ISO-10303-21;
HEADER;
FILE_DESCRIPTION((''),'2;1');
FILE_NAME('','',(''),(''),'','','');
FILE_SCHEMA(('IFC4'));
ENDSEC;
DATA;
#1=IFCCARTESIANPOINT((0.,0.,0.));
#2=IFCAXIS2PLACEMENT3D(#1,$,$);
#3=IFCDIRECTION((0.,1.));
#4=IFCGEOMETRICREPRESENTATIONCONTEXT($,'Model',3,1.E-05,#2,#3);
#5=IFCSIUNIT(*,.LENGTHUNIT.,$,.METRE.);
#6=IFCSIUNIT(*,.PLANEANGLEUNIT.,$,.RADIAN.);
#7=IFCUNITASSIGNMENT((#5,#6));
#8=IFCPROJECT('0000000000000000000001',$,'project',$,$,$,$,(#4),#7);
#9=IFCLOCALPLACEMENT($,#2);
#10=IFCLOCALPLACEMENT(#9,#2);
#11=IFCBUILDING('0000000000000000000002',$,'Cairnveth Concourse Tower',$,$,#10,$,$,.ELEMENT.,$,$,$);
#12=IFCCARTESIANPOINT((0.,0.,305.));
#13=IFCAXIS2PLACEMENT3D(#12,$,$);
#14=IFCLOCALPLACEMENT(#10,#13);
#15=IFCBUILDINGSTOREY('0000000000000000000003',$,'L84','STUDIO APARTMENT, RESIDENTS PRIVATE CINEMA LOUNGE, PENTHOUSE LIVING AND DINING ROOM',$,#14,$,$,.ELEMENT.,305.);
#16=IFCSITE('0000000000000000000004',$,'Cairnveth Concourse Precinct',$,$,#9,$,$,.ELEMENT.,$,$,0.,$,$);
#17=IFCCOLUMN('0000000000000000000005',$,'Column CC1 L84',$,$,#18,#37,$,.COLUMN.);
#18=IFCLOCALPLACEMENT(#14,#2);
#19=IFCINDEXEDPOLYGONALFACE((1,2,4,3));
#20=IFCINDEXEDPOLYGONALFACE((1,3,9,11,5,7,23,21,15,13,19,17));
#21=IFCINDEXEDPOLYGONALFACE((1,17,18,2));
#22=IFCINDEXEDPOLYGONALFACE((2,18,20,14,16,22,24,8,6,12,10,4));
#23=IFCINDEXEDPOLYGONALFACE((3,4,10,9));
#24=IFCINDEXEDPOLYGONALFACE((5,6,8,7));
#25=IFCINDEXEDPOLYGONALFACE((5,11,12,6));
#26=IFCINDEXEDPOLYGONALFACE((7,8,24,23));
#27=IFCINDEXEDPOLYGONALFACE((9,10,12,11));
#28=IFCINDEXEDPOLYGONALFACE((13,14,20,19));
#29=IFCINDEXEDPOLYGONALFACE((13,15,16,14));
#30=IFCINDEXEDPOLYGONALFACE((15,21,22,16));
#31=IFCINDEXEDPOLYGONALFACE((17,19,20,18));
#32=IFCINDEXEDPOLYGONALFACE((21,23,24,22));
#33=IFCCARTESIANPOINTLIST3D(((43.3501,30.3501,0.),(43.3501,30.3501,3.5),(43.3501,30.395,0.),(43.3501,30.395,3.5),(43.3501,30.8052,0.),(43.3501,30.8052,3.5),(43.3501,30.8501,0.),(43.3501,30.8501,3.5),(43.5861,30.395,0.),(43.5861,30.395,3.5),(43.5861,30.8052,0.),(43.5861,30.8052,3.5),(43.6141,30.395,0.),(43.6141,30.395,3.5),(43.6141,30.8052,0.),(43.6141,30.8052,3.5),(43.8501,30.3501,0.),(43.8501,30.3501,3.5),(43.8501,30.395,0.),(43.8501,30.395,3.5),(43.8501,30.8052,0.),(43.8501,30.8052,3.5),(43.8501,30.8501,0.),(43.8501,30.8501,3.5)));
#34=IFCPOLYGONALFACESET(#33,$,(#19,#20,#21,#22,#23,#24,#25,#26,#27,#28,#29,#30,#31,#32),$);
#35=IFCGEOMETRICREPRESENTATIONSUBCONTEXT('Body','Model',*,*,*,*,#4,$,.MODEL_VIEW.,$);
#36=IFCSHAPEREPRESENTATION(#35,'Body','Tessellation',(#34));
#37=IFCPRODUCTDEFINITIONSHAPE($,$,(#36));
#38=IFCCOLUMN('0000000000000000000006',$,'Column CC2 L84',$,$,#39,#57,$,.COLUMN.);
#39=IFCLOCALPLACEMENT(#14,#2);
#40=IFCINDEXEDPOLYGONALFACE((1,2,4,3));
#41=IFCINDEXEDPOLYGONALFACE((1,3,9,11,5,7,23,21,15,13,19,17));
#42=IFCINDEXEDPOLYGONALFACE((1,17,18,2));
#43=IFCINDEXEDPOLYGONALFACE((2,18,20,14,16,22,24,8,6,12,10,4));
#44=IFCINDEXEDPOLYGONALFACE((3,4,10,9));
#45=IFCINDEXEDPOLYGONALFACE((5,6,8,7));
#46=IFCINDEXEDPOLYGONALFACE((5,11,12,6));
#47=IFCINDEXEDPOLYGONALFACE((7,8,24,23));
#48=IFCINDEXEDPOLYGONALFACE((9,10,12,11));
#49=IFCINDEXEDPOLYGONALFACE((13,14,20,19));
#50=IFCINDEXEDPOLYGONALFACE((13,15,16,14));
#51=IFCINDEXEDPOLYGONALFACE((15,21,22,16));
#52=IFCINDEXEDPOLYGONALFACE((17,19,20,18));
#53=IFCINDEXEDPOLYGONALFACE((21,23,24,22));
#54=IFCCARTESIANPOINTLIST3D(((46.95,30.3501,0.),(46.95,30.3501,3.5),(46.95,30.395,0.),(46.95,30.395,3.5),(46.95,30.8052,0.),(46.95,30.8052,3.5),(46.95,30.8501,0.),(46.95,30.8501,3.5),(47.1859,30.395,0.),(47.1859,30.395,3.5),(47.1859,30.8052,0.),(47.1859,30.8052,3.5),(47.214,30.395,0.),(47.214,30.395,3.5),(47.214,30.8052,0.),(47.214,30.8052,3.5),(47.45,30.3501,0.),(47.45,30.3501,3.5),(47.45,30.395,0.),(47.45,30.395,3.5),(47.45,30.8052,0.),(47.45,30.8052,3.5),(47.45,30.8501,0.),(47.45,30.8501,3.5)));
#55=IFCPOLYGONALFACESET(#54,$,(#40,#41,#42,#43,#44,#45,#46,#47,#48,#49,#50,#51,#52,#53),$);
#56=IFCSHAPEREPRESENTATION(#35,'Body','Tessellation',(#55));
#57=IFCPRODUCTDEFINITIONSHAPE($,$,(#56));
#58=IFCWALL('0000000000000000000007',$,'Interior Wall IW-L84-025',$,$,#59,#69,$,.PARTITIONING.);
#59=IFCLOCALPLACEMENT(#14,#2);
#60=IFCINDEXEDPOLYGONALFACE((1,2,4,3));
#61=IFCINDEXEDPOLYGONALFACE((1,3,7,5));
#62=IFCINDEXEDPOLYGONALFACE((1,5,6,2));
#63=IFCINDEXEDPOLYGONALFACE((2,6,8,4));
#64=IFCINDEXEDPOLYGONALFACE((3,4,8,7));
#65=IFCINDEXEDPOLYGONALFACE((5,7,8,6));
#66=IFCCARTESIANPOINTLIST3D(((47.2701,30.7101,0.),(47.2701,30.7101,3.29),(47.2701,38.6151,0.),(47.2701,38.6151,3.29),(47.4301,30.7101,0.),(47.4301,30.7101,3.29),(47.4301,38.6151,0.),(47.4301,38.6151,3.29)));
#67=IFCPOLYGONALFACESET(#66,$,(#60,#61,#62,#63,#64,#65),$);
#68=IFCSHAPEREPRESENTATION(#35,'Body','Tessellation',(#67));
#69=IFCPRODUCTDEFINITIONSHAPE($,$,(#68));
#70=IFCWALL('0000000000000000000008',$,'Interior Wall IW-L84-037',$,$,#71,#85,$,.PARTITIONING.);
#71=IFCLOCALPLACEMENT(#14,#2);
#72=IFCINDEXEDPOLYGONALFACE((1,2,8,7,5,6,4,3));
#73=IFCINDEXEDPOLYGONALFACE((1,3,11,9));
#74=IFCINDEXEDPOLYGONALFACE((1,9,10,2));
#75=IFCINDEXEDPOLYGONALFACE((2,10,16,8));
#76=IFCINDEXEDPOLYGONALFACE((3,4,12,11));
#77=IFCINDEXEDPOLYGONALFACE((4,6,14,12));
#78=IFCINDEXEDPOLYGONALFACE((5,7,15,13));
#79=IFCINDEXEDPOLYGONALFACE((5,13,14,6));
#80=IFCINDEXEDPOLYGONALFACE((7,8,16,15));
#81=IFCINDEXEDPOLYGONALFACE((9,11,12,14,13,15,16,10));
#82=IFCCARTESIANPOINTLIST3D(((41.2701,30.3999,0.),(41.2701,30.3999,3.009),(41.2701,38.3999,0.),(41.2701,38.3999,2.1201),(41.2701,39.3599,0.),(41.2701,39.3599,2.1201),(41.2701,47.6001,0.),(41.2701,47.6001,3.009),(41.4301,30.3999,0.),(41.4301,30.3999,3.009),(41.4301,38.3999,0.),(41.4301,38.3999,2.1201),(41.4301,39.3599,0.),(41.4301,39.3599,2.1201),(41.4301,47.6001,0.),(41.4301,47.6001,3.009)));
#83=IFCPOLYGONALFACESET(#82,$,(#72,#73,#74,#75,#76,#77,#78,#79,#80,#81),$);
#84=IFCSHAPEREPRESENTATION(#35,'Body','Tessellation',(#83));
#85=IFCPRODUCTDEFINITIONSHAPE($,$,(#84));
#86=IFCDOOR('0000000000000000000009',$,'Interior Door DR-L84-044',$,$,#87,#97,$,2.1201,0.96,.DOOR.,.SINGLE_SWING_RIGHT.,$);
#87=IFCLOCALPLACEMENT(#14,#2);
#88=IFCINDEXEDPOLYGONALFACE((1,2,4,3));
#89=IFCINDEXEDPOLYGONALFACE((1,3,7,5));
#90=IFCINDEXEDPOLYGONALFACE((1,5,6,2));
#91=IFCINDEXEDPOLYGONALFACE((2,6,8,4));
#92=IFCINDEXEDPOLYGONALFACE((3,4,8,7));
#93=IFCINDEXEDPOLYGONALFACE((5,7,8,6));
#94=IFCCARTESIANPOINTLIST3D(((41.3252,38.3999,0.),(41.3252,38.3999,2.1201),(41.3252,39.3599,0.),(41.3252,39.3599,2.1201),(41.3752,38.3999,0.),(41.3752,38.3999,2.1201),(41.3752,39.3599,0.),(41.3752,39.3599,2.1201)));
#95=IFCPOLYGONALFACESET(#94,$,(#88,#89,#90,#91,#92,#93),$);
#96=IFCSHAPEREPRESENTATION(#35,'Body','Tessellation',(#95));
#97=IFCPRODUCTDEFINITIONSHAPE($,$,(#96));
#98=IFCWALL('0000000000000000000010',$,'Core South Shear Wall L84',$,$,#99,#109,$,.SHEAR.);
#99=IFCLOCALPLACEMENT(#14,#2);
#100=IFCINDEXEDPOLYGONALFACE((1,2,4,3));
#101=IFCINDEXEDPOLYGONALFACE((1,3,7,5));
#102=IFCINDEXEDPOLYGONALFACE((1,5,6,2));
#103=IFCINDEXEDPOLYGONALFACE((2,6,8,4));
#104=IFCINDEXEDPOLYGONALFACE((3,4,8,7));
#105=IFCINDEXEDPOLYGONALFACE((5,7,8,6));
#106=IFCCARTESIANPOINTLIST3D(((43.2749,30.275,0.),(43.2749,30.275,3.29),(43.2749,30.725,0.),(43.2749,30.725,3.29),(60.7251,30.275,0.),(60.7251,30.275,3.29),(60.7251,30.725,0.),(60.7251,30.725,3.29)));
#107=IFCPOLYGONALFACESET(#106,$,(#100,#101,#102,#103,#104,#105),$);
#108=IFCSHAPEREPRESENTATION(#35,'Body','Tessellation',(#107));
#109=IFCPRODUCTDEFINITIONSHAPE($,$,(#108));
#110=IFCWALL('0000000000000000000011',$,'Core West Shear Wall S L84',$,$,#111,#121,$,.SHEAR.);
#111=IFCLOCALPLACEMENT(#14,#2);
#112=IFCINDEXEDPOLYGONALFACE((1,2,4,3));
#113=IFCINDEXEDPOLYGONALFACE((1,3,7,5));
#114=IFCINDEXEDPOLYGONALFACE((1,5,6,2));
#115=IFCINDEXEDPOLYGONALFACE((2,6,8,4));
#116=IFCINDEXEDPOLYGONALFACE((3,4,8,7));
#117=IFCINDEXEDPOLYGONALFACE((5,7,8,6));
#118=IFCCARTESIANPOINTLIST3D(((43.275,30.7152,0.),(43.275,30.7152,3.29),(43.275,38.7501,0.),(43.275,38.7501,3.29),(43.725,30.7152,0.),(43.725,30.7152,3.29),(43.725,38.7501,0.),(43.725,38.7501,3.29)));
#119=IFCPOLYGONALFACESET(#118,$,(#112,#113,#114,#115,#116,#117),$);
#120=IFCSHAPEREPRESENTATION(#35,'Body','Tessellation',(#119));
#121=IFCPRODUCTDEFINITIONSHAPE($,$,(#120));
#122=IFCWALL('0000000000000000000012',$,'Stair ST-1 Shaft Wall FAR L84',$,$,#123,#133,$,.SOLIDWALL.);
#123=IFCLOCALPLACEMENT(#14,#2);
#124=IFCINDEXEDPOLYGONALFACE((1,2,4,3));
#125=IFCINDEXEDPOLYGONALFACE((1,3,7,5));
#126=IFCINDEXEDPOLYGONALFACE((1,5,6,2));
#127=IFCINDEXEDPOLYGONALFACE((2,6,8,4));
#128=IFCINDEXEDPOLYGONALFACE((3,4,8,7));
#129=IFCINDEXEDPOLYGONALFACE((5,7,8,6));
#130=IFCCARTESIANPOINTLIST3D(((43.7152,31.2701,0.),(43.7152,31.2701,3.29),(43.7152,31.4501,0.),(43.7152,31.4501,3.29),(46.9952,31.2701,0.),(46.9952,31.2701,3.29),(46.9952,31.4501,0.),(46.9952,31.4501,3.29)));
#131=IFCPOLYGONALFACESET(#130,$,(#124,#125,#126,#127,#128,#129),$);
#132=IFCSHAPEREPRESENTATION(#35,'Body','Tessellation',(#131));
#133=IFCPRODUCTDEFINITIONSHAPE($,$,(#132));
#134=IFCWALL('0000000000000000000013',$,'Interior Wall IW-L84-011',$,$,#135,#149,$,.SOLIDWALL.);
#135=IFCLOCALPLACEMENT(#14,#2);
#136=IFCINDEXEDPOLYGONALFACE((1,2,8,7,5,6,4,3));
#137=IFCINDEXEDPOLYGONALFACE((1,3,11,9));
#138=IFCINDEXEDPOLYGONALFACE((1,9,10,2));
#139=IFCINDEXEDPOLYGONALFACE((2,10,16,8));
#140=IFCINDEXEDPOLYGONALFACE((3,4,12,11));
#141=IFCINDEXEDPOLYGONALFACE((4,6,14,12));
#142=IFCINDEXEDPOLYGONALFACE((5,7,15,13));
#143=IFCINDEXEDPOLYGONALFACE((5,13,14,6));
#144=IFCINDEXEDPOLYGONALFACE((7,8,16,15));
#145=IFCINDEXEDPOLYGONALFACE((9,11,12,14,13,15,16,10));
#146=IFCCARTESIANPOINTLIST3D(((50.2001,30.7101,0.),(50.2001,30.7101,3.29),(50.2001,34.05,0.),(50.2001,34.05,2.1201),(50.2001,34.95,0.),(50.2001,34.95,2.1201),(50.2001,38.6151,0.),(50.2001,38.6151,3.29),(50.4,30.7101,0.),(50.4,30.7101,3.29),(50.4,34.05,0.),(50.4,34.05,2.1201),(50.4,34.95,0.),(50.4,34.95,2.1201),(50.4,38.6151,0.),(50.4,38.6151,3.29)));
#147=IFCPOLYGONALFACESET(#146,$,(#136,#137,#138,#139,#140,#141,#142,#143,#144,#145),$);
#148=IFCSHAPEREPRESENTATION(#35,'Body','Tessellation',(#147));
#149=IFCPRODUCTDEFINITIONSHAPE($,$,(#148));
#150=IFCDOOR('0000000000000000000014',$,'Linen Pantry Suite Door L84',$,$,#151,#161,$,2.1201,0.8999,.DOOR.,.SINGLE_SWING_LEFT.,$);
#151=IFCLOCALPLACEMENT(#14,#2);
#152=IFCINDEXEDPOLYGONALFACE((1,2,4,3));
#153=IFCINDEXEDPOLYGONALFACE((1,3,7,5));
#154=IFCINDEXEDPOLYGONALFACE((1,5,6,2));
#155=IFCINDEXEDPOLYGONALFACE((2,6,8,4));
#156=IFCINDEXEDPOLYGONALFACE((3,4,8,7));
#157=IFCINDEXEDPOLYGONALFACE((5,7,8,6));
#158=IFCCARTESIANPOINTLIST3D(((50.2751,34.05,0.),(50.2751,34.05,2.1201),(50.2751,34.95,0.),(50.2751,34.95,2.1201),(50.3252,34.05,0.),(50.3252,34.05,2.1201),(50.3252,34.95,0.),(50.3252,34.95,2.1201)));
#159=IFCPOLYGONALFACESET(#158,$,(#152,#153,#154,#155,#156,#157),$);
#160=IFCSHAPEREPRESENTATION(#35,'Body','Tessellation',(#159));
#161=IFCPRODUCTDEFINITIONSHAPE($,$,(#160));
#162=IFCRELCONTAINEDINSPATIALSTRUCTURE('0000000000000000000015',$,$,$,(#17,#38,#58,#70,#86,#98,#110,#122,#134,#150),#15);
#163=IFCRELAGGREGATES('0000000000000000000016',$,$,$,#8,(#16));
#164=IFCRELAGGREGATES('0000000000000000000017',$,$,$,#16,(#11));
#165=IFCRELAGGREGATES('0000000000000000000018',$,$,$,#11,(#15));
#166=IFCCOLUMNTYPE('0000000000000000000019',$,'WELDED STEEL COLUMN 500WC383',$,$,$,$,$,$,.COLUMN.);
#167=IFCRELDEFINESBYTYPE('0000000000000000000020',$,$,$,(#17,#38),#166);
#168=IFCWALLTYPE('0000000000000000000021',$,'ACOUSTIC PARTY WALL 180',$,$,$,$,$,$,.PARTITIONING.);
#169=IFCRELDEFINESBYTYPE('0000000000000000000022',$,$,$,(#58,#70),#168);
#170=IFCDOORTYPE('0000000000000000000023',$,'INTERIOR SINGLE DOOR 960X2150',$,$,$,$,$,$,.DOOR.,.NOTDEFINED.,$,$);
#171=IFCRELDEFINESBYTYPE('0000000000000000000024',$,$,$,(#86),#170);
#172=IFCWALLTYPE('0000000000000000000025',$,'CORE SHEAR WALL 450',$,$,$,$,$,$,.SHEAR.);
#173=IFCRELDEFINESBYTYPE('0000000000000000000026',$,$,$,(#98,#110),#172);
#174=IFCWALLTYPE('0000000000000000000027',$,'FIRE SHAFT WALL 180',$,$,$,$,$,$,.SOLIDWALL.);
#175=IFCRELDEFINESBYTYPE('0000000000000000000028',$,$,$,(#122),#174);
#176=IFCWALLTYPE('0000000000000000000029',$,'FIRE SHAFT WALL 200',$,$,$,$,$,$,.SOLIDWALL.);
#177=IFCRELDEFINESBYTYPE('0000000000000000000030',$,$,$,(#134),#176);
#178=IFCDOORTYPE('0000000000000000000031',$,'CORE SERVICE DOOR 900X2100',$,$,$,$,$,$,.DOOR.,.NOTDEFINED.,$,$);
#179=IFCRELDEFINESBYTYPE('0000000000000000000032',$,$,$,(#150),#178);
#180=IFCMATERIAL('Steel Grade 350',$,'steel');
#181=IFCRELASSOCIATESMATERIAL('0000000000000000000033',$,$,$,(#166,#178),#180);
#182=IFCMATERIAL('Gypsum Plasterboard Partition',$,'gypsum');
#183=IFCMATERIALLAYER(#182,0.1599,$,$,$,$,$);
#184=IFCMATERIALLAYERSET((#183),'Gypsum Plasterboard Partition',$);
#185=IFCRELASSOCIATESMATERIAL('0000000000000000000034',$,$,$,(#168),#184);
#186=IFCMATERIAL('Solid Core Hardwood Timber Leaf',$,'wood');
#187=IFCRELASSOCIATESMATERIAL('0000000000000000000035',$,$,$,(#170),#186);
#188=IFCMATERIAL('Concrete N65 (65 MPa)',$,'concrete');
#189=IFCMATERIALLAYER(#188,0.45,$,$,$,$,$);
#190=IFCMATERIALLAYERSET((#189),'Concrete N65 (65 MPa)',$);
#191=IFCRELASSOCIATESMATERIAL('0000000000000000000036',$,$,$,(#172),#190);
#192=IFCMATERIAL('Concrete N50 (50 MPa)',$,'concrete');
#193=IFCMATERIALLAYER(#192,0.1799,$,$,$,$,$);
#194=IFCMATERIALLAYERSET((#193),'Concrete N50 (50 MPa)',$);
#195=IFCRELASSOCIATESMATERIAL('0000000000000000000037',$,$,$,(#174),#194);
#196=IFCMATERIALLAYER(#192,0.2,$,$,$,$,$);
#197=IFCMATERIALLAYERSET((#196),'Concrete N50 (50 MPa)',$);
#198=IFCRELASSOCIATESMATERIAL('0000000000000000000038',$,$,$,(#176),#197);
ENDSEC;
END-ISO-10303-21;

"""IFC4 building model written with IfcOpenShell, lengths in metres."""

from ifc_helpers import new_model, si_unit, direction, frame, frame_2d, origin, origin_2d, place, context, subcontext, project, spatial, rectangle, i_section, extrude, material, layer, layer_set, material_profile, profile_set, type_object, element, fill, save


model = new_model("IFC4")

# Units and contexts
model_context = context("Model", 3, precision=1e-05, world=origin(), true_north=direction((0.0, 1.0)))
body_context = subcontext(model_context, "Body", "Model", "MODEL_VIEW")
ifc_project = project(units=[si_unit("LENGTHUNIT", "METRE"), si_unit("PLANEANGLEUNIT", "RADIAN")], contexts=[model_context])

# Site, building, storey
site_placement = place(None, origin())
site = spatial("IfcSite", under=ifc_project, at=site_placement, Name="Cairnveth Concourse Precinct", CompositionType="ELEMENT", RefElevation=0.0)
building_placement = place(site_placement, origin())
building = spatial("IfcBuilding", under=site, at=building_placement, Name="Cairnveth Concourse Tower", CompositionType="ELEMENT")
storey_placement = place(building_placement, frame((0.0, 0.0, 305.0)))
storey = spatial("IfcBuildingStorey", under=building, at=storey_placement, Name="L84", Description="STUDIO APARTMENT, RESIDENTS PRIVATE CINEMA LOUNGE, PENTHOUSE LIVING AND DINING ROOM", CompositionType="ELEMENT", Elevation=305.0)

# Columns
ifc_material_1 = material(Name="Steel Grade 350", Category="steel")
ifc_material_profile = material_profile(ifc_material_1, i_section(OverallWidth=0.5, OverallDepth=0.5, WebThickness=0.0281, FlangeThickness=0.0449, at=origin_2d()), Name="500WC383")
ifc_profile_set = profile_set([ifc_material_profile], Name="Steel Grade 350")
column_type = type_object("IfcColumnType", Name="WELDED STEEL COLUMN 500WC383", PredefinedType="COLUMN", material=ifc_profile_set)
for number, where, z_axis, x_axis, name in (
    (1, (43.6001, 30.6001, 0.0), (0.0, 0.0, 1.0), (1.0, 0.0, 0.0), "Column CC1 L84"),
    (2, (47.2, 30.6001, 0.0), (0.0, 0.0, 1.0), (1.0, 0.0, 0.0), "Column CC2 L84"),
):
    element("IfcColumn", number, at=place(storey_placement, frame(where, z_axis=z_axis, x_axis=x_axis)), inside=storey, type_object=column_type, Name=name, PredefinedType="COLUMN", context=body_context, shape_type="SweptSolid", body=[
        extrude(i_section(OverallWidth=0.5, OverallDepth=0.5, WebThickness=0.0281, FlangeThickness=0.0449, at=origin_2d()), origin(), (0.0, 0.0, 1.0), 3.5),
    ])

# Wall
ifc_material_2 = material(Name="Gypsum Plasterboard Partition", Category="gypsum")
ifc_layer_1 = layer(ifc_material_2, 0.1599)
ifc_layer_set_1 = layer_set([ifc_layer_1], Name="Gypsum Plasterboard Partition")
wall_type_1 = type_object("IfcWallType", Name="ACOUSTIC PARTY WALL 180", PredefinedType="PARTITIONING", material=ifc_layer_set_1)
wall_1_placement = place(storey_placement, frame((47.3501, 30.71, 0.0), z_axis=(0.0, 0.0, 1.0), x_axis=(0.0, 1.0, 0.0)))
element("IfcWall", 3, at=wall_1_placement, inside=storey, type_object=wall_type_1, Name="Interior Wall IW-L84-025", PredefinedType="PARTITIONING", context=body_context, shape_type="SweptSolid", body=[
    extrude(rectangle(XDim=7.905, YDim=0.1599, at=frame_2d((3.9526, 0.0))), origin(), (0.0, 0.0, 1.0), 3.29),
])

# Wall, opening, door
wall_2_placement = place(storey_placement, frame((41.3501, 30.3999, 0.0), z_axis=(0.0, 0.0, 1.0), x_axis=(0.0, 1.0, 0.0)))
wall_2 = element("IfcWall", 4, at=wall_2_placement, inside=storey, type_object=wall_type_1, Name="Interior Wall IW-L84-037", PredefinedType="PARTITIONING", context=body_context, shape_type="SweptSolid", body=[
    extrude(rectangle(XDim=17.2002, YDim=0.1599, at=frame_2d((8.6001, 0.0))), origin(), (0.0, 0.0, 1.0), 3.009),
])
opening_1_placement = place(wall_2_placement, frame((8.0, 0.0, 0.0)))
opening_1 = element("IfcOpeningElement", 5, at=opening_1_placement, cuts=wall_2, PredefinedType="OPENING", context=body_context, shape_type="SweptSolid", body=[
    extrude(rectangle(XDim=0.96, YDim=2.1201, at=frame_2d((0.48, 1.0601))), frame((0.0, 0.0898, 0.0), z_axis=(0.0, -1.0, 0.0), x_axis=(1.0, 0.0, 0.0)), (0.0, 0.0, 1.0), 0.1799),
])
ifc_material_3 = material(Name="Solid Core Hardwood Timber Leaf", Category="wood")
door_type_1 = type_object("IfcDoorType", Name="INTERIOR SINGLE DOOR 960X2150", OperationType="NOTDEFINED", PredefinedType="DOOR", material=ifc_material_3)
door_1_placement = place(opening_1_placement, origin())
door_1 = element("IfcDoor", 6, at=door_1_placement, inside=storey, type_object=door_type_1, Name="Interior Door DR-L84-044", OperationType="SINGLE_SWING_RIGHT", OverallHeight=2.1201, OverallWidth=0.96, PredefinedType="DOOR", context=body_context, shape_type="SweptSolid", body=[
    extrude(rectangle(XDim=0.96, YDim=2.1201, at=frame_2d((0.48, 1.0601))), frame((0.0, 0.0249, 0.0), z_axis=(0.0, -1.0, 0.0), x_axis=(1.0, 0.0, 0.0)), (0.0, 0.0, 1.0), 0.05),
])
fill(opening_1, door_1)

# Walls
ifc_material_4 = material(Name="Concrete N65 (65 MPa)", Category="concrete")
ifc_layer_2 = layer(ifc_material_4, 0.45)
ifc_layer_set_2 = layer_set([ifc_layer_2], Name="Concrete N65 (65 MPa)")
wall_type_2 = type_object("IfcWallType", Name="CORE SHEAR WALL 450", PredefinedType="SHEAR", material=ifc_layer_set_2)
wall_3_placement = place(storey_placement, frame((43.2749, 30.5, 0.0), z_axis=(0.0, 0.0, 1.0), x_axis=(1.0, 0.0, 0.0)))
element("IfcWall", 7, at=wall_3_placement, inside=storey, type_object=wall_type_2, Name="Core South Shear Wall L84", PredefinedType="SHEAR", context=body_context, shape_type="SweptSolid", body=[
    extrude(rectangle(XDim=17.4502, YDim=0.45, at=frame_2d((8.7251, 0.0))), origin(), (0.0, 0.0, 1.0), 3.29),
])
wall_4_placement = place(storey_placement, frame((43.5, 30.7151, 0.0), z_axis=(0.0, 0.0, 1.0), x_axis=(0.0, 1.0, 0.0)))
element("IfcWall", 8, at=wall_4_placement, inside=storey, type_object=wall_type_2, Name="Core West Shear Wall S L84", PredefinedType="SHEAR", context=body_context, shape_type="SweptSolid", body=[
    extrude(rectangle(XDim=8.0349, YDim=0.45, at=frame_2d((4.0176, 0.0))), origin(), (0.0, 0.0, 1.0), 3.29),
])
ifc_material_5 = material(Name="Concrete N50 (50 MPa)", Category="concrete")
ifc_layer_3 = layer(ifc_material_5, 0.1799)
ifc_layer_set_3 = layer_set([ifc_layer_3], Name="Concrete N50 (50 MPa)")
wall_type_3 = type_object("IfcWallType", Name="FIRE SHAFT WALL 180", PredefinedType="SOLIDWALL", material=ifc_layer_set_3)
wall_5_placement = place(storey_placement, frame((43.7151, 31.3601, 0.0), z_axis=(0.0, 0.0, 1.0), x_axis=(1.0, 0.0, 0.0)))
element("IfcWall", 9, at=wall_5_placement, inside=storey, type_object=wall_type_3, Name="Stair ST-1 Shaft Wall FAR L84", PredefinedType="SOLIDWALL", context=body_context, shape_type="SweptSolid", body=[
    extrude(rectangle(XDim=3.28, YDim=0.1799, at=frame_2d((1.6401, 0.0))), origin(), (0.0, 0.0, 1.0), 3.29),
])

# Wall, opening, door
ifc_layer_4 = layer(ifc_material_5, 0.2)
ifc_layer_set_4 = layer_set([ifc_layer_4], Name="Concrete N50 (50 MPa)")
wall_type_4 = type_object("IfcWallType", Name="FIRE SHAFT WALL 200", PredefinedType="SOLIDWALL", material=ifc_layer_set_4)
wall_6_placement = place(storey_placement, frame((50.3, 30.71, 0.0), z_axis=(0.0, 0.0, 1.0), x_axis=(0.0, 1.0, 0.0)))
wall_6 = element("IfcWall", 10, at=wall_6_placement, inside=storey, type_object=wall_type_4, Name="Interior Wall IW-L84-011", PredefinedType="SOLIDWALL", context=body_context, shape_type="SweptSolid", body=[
    extrude(rectangle(XDim=7.905, YDim=0.2, at=frame_2d((3.9526, 0.0))), origin(), (0.0, 0.0, 1.0), 3.29),
])
opening_2_placement = place(wall_6_placement, frame((3.3401, 0.0, 0.0)))
opening_2 = element("IfcOpeningElement", 11, at=opening_2_placement, cuts=wall_6, PredefinedType="OPENING", context=body_context, shape_type="SweptSolid", body=[
    extrude(rectangle(XDim=0.8999, YDim=2.1201, at=frame_2d((0.45, 1.0601))), frame((0.0, 0.1099, 0.0), z_axis=(0.0, -1.0, 0.0), x_axis=(1.0, 0.0, 0.0)), (0.0, 0.0, 1.0), 0.22),
])
door_type_2 = type_object("IfcDoorType", Name="CORE SERVICE DOOR 900X2100", OperationType="NOTDEFINED", PredefinedType="DOOR", material=ifc_material_1)
door_2_placement = place(opening_2_placement, origin())
door_2 = element("IfcDoor", 12, at=door_2_placement, inside=storey, type_object=door_type_2, Name="Linen Pantry Suite Door L84", OperationType="SINGLE_SWING_LEFT", OverallHeight=2.1201, OverallWidth=0.8999, PredefinedType="DOOR", context=body_context, shape_type="SweptSolid", body=[
    extrude(rectangle(XDim=0.8999, YDim=2.1201, at=frame_2d((0.45, 1.0601))), frame((0.0, 0.0249, 0.0), z_axis=(0.0, -1.0, 0.0), x_axis=(1.0, 0.0, 0.0)), (0.0, 0.0, 1.0), 0.05),
])
fill(opening_2, door_2)

save(model, "model.ifc")
